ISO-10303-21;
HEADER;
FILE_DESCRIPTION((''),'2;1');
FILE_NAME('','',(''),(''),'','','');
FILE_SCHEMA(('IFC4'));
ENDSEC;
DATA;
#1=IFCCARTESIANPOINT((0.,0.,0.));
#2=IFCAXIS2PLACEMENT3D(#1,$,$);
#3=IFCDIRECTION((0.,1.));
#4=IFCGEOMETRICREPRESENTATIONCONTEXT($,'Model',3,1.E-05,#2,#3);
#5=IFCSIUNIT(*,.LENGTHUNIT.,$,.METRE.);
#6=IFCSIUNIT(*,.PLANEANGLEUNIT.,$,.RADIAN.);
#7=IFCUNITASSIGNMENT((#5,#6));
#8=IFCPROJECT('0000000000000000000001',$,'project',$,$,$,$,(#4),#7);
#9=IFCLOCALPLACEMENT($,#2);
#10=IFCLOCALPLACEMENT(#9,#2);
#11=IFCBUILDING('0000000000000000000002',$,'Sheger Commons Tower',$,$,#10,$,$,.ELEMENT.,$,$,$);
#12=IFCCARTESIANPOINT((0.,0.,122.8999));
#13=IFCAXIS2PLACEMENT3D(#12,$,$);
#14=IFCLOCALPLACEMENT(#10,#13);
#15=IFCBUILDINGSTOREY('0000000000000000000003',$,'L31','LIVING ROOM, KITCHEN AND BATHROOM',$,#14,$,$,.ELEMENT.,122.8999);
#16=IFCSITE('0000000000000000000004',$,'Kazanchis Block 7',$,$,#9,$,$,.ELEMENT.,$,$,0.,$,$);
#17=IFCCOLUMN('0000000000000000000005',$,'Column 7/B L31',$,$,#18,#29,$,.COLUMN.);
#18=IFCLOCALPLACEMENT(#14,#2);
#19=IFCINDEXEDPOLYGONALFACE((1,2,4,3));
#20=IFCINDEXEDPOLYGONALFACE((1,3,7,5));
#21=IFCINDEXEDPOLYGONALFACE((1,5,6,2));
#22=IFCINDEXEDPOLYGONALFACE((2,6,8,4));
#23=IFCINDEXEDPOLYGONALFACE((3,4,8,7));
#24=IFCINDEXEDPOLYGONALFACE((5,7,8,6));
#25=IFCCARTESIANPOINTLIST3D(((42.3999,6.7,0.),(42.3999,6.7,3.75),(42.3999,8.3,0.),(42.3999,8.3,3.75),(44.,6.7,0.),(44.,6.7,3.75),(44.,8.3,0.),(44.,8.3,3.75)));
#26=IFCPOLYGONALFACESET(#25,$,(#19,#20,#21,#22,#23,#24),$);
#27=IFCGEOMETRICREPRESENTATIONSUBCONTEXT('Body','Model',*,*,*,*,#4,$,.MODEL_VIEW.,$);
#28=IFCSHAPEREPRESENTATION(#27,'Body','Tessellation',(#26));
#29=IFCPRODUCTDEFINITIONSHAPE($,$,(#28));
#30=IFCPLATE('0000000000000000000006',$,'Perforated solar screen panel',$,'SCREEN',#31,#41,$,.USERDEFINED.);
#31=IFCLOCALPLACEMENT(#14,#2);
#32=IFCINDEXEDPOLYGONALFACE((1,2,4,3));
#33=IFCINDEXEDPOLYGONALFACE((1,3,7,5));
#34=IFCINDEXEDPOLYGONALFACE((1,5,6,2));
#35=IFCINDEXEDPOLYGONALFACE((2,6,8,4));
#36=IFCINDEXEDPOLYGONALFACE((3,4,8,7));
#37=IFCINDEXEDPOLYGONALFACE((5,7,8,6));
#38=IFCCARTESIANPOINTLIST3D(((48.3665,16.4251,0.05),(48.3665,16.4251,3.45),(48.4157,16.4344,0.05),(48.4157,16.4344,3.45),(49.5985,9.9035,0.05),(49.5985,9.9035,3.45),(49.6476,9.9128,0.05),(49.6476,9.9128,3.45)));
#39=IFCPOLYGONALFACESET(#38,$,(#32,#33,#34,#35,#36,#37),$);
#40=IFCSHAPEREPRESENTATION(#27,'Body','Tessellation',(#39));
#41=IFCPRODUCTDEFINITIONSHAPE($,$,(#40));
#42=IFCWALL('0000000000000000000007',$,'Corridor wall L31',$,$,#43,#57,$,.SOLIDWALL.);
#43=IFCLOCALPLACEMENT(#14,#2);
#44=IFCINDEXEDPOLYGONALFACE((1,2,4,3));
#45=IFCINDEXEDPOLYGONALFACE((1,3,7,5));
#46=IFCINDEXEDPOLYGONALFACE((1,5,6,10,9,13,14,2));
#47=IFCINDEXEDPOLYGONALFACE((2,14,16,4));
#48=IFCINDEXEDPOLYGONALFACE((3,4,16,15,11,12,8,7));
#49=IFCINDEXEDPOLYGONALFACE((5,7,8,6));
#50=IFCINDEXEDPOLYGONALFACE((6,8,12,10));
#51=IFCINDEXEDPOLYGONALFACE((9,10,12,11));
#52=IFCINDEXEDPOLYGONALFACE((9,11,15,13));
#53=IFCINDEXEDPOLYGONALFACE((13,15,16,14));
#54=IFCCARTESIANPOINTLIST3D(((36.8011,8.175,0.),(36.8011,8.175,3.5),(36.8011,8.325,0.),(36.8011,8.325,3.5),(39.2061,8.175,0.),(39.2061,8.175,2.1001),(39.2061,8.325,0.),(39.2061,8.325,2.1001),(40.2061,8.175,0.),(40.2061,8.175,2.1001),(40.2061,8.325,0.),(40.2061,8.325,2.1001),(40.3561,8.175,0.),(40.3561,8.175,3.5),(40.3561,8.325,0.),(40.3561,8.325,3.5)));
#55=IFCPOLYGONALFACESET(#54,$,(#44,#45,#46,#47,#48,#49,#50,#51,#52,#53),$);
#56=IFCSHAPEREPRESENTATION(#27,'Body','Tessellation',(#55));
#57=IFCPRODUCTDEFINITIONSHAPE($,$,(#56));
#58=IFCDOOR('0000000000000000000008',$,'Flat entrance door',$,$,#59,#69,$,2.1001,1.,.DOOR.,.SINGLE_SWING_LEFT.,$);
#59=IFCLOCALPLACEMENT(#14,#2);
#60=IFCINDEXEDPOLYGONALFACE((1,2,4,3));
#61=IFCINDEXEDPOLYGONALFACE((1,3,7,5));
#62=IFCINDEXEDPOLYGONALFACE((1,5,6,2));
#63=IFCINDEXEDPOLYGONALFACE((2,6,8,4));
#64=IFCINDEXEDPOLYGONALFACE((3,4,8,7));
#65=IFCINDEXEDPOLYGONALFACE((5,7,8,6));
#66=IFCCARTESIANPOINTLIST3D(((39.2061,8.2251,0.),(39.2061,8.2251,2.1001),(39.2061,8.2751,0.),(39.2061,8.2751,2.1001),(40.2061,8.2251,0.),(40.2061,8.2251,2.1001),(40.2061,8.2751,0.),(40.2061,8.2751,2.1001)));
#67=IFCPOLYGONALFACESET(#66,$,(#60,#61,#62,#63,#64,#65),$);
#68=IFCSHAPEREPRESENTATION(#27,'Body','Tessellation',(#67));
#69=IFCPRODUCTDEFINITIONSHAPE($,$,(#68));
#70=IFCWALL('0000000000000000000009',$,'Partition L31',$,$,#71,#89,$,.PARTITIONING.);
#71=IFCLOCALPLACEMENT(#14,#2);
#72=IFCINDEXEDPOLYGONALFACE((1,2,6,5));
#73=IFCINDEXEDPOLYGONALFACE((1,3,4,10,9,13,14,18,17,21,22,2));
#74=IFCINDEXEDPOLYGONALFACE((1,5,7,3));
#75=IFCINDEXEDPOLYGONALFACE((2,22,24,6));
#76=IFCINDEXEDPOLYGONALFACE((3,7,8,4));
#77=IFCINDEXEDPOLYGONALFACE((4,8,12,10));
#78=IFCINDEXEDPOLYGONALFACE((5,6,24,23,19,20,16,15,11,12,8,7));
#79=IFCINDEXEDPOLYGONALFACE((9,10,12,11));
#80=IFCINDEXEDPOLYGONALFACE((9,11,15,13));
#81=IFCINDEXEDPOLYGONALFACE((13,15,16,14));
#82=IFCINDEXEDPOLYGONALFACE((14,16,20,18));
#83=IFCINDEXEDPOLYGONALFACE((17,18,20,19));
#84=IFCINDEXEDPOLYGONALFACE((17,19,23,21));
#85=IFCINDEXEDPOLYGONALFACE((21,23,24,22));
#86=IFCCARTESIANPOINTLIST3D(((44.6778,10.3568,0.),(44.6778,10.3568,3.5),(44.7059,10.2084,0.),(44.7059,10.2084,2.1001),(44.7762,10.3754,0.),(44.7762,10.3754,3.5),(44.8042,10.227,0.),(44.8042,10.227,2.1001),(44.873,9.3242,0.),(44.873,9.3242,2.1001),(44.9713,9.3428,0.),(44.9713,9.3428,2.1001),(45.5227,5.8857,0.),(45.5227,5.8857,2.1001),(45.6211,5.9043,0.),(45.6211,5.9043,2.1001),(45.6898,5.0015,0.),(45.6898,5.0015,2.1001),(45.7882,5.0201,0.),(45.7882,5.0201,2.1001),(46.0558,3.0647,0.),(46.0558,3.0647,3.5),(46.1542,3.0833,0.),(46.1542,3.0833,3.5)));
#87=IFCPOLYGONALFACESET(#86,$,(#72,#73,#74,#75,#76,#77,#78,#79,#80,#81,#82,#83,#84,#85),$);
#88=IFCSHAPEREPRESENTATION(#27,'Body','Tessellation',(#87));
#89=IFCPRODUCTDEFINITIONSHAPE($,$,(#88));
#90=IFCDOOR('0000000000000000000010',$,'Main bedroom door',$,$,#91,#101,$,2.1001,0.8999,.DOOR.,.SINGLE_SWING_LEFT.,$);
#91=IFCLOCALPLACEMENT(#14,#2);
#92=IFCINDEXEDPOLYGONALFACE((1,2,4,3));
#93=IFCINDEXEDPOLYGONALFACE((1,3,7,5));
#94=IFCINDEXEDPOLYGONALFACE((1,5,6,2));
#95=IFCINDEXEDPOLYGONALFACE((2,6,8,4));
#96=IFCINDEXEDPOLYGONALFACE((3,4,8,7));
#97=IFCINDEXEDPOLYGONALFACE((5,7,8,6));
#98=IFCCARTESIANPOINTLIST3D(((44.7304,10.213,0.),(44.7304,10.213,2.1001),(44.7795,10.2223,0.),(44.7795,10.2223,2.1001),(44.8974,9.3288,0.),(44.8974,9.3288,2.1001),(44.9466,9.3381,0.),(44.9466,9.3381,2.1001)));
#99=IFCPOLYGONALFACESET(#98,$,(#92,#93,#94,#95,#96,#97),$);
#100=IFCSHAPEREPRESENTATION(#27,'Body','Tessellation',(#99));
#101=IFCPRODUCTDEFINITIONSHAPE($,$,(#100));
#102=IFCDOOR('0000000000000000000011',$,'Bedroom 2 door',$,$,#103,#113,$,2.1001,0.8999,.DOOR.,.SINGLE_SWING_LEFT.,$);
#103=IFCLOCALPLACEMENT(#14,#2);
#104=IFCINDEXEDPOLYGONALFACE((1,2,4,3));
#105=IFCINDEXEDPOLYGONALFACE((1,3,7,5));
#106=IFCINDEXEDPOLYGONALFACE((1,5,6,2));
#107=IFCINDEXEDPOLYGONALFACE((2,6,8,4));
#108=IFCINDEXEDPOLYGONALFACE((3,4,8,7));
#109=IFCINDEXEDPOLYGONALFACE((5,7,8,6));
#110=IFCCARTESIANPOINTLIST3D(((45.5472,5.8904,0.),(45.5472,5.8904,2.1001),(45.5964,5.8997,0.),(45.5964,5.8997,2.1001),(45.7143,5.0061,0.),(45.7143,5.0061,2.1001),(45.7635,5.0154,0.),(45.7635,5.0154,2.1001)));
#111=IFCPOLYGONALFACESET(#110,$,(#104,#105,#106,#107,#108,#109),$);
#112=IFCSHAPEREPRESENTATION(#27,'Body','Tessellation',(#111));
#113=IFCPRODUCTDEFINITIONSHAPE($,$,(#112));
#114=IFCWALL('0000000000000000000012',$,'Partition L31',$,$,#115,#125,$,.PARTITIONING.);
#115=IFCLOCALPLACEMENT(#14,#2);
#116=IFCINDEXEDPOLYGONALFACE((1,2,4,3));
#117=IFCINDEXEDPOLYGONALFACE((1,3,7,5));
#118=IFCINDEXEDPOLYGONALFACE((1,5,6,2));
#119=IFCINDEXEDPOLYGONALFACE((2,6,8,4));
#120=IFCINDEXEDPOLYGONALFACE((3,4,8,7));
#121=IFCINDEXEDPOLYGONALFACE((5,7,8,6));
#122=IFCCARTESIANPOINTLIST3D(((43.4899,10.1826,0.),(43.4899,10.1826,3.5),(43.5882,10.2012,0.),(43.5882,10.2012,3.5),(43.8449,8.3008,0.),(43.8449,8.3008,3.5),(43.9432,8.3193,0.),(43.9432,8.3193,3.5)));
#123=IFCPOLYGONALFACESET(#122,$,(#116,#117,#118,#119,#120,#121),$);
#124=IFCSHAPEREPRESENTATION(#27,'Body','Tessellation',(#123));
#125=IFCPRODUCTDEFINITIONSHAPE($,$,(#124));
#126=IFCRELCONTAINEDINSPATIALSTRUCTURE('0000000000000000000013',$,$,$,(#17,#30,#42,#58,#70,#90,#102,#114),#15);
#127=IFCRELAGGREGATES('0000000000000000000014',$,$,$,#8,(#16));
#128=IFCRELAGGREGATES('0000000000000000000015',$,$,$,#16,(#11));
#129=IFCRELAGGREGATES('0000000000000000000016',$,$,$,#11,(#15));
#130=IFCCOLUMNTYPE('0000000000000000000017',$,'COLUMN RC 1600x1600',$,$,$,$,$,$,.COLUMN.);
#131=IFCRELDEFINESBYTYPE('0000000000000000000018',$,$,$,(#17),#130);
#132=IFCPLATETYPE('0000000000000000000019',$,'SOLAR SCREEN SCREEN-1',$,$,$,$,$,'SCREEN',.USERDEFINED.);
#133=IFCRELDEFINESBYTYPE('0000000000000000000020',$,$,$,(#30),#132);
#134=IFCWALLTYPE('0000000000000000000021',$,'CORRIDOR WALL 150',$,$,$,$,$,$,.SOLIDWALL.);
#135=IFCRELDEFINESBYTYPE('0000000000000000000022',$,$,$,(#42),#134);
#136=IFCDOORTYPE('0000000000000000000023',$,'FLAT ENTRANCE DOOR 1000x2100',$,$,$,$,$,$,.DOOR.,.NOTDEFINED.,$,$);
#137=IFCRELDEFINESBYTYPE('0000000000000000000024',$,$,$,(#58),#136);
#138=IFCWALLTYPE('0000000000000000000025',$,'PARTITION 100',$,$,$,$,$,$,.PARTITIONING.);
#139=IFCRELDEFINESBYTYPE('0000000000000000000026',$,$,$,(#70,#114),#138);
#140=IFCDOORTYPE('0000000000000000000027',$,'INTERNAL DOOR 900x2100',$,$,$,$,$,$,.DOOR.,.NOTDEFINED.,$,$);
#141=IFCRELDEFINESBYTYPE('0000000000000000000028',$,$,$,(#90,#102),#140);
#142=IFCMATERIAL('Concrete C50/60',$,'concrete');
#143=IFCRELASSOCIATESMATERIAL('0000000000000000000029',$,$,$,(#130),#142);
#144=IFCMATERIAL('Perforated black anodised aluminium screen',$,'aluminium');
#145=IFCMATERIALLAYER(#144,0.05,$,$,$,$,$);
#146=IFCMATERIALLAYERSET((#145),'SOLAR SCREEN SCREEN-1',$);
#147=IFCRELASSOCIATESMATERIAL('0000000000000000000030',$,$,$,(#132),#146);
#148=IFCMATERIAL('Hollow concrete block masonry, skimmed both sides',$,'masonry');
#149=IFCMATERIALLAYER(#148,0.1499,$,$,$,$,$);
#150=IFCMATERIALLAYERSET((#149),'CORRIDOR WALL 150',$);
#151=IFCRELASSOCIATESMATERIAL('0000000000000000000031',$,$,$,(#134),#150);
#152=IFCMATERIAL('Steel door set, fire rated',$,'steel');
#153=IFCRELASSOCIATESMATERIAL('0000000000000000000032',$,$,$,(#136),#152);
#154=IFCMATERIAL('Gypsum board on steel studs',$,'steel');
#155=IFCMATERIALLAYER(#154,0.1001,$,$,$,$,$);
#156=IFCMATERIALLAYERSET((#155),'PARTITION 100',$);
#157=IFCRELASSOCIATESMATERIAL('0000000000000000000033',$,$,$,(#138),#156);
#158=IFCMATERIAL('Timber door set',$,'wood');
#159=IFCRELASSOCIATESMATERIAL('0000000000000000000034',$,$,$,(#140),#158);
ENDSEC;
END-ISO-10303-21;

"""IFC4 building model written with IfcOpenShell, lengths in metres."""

from ifc_helpers import new_model, si_unit, direction, frame, frame_2d, origin, origin_2d, place, context, subcontext, project, spatial, rectangle, extrude, material, layer, layer_set, material_profile, profile_set, type_object, element, fill, save


model = new_model("IFC4")

# Units and contexts
model_context = context("Model", 3, precision=1e-05, world=origin(), true_north=direction((0.0, 1.0)))
body_context = subcontext(model_context, "Body", "Model", "MODEL_VIEW")
ifc_project = project(units=[si_unit("LENGTHUNIT", "METRE"), si_unit("PLANEANGLEUNIT", "RADIAN")], contexts=[model_context])

# Site, building, storey
site_placement = place(None, origin())
site = spatial("IfcSite", under=ifc_project, at=site_placement, Name="Kazanchis Block 7", CompositionType="ELEMENT", RefElevation=0.0)
building_placement = place(site_placement, origin())
building = spatial("IfcBuilding", under=site, at=building_placement, Name="Sheger Commons Tower", CompositionType="ELEMENT")
storey_placement = place(building_placement, frame((0.0, 0.0, 122.8999)))
storey = spatial("IfcBuildingStorey", under=building, at=storey_placement, Name="L31", Description="LIVING ROOM, KITCHEN AND BATHROOM", CompositionType="ELEMENT", Elevation=122.8999)

# Column
ifc_material_1 = material(Name="Concrete C50/60", Category="concrete")
ifc_material_profile = material_profile(ifc_material_1, rectangle(XDim=1.6001, YDim=1.6001, at=origin_2d()), Name="RC 1600x1600")
ifc_profile_set = profile_set([ifc_material_profile], Name="Concrete C50/60")
column_type = type_object("IfcColumnType", Name="COLUMN RC 1600x1600", PredefinedType="COLUMN", material=ifc_profile_set)
column_placement = place(storey_placement, frame((43.2, 7.5, 0.0), z_axis=(0.0, 0.0, 1.0), x_axis=(1.0, 0.0, 0.0)))
element("IfcColumn", 1, at=column_placement, inside=storey, type_object=column_type, Name="Column 7/B L31", PredefinedType="COLUMN", context=body_context, shape_type="SweptSolid", body=[
    extrude(rectangle(XDim=1.6001, YDim=1.6001, at=origin_2d()), origin(), (0.0, 0.0, 1.0), 3.75),
])

# Plate
ifc_material_2 = material(Name="Perforated black anodised aluminium screen", Category="aluminium")
ifc_layer_1 = layer(ifc_material_2, 0.05)
ifc_layer_set_1 = layer_set([ifc_layer_1], Name="SOLAR SCREEN SCREEN-1")
plate_type = type_object("IfcPlateType", Name="SOLAR SCREEN SCREEN-1", ElementType="SCREEN", PredefinedType="USERDEFINED", material=ifc_layer_set_1)
plate_placement = place(storey_placement, frame((49.0071, 13.1689, 0.05), z_axis=(0.0, 0.0, 1.0), x_axis=(-0.185615, 0.982623, 0.0)))
element("IfcPlate", 2, at=plate_placement, inside=storey, type_object=plate_type, Name="Perforated solar screen panel", ObjectType="SCREEN", PredefinedType="USERDEFINED", context=body_context, shape_type="SweptSolid", body=[
    extrude(rectangle(XDim=6.637, YDim=0.05, at=origin_2d()), origin(), (0.0, 0.0, 1.0), 3.3999),
])

# Wall, opening, door
ifc_material_3 = material(Name="Hollow concrete block masonry, skimmed both sides", Category="masonry")
ifc_layer_2 = layer(ifc_material_3, 0.1499)
ifc_layer_set_2 = layer_set([ifc_layer_2], Name="CORRIDOR WALL 150")
wall_type_1 = type_object("IfcWallType", Name="CORRIDOR WALL 150", PredefinedType="SOLIDWALL", material=ifc_layer_set_2)
wall_1_placement = place(storey_placement, frame((40.356, 8.25, 0.0), z_axis=(0.0, 0.0, 1.0), x_axis=(-1.0, 0.0, 0.0)))
wall_1 = element("IfcWall", 3, at=wall_1_placement, inside=storey, type_object=wall_type_1, Name="Corridor wall L31", PredefinedType="SOLIDWALL", context=body_context, shape_type="SweptSolid", body=[
    extrude(rectangle(XDim=3.5549, YDim=0.1499, at=frame_2d((1.7773, 0.0))), origin(), (0.0, 0.0, 1.0), 3.5),
])
opening_1_placement = place(wall_1_placement, frame((0.1499, 0.0, 0.0)))
opening_1 = element("IfcOpeningElement", 4, at=opening_1_placement, cuts=wall_1, PredefinedType="OPENING", context=body_context, shape_type="SweptSolid", body=[
    extrude(rectangle(XDim=1.0, YDim=2.1001, at=frame_2d((0.5, 1.05))), frame((0.0, 0.085, 0.0), z_axis=(0.0, -1.0, 0.0), x_axis=(1.0, 0.0, 0.0)), (0.0, 0.0, 1.0), 0.1699),
])
ifc_material_4 = material(Name="Steel door set, fire rated", Category="steel")
door_type_1 = type_object("IfcDoorType", Name="FLAT ENTRANCE DOOR 1000x2100", OperationType="NOTDEFINED", PredefinedType="DOOR", material=ifc_material_4)
door_1_placement = place(opening_1_placement, origin())
door_1 = element("IfcDoor", 5, at=door_1_placement, inside=storey, type_object=door_type_1, Name="Flat entrance door", OperationType="SINGLE_SWING_LEFT", OverallHeight=2.1001, OverallWidth=1.0, PredefinedType="DOOR", context=body_context, shape_type="SweptSolid", body=[
    extrude(rectangle(XDim=1.0, YDim=2.1001, at=frame_2d((0.5, 1.05))), frame((0.0, 0.0249, 0.0), z_axis=(0.0, -1.0, 0.0), x_axis=(1.0, 0.0, 0.0)), (0.0, 0.0, 1.0), 0.05),
])
fill(opening_1, door_1)

# Wall, openings, doors
ifc_material_5 = material(Name="Gypsum board on steel studs", Category="steel")
ifc_layer_3 = layer(ifc_material_5, 0.1001)
ifc_layer_set_3 = layer_set([ifc_layer_3], Name="PARTITION 100")
wall_type_2 = type_object("IfcWallType", Name="PARTITION 100", PredefinedType="PARTITIONING", material=ifc_layer_set_3)
wall_2_placement = place(storey_placement, frame((44.7271, 10.366, 0.0), z_axis=(0.0, 0.0, 1.0), x_axis=(0.185679, -0.98261, 0.0)))
wall_2 = element("IfcWall", 6, at=wall_2_placement, inside=storey, type_object=wall_type_2, Name="Partition L31", PredefinedType="PARTITIONING", context=body_context, shape_type="SweptSolid", body=[
    extrude(rectangle(XDim=7.4211, YDim=0.1001, at=frame_2d((3.7104, 0.0))), origin(), (0.0, 0.0, 1.0), 3.5),
])
opening_2_placement = place(wall_2_placement, frame((0.1509, 0.0, 0.0)))
opening_2 = element("IfcOpeningElement", 7, at=opening_2_placement, cuts=wall_2, PredefinedType="OPENING", context=body_context, shape_type="SweptSolid", body=[
    extrude(rectangle(XDim=0.8999, YDim=2.1001, at=frame_2d((0.45, 1.05))), frame((0.0, 0.0601, 0.0), z_axis=(0.0, -1.0, 0.0), x_axis=(1.0, 0.0, 0.0)), (0.0, 0.0, 1.0), 0.1201),
])
opening_3_placement = place(wall_2_placement, frame((4.55, 0.0, 0.0)))
opening_3 = element("IfcOpeningElement", 8, at=opening_3_placement, cuts=wall_2, PredefinedType="OPENING", context=body_context, shape_type="SweptSolid", body=[
    extrude(rectangle(XDim=0.8999, YDim=2.1001, at=frame_2d((0.45, 1.05))), frame((0.0, 0.0601, 0.0), z_axis=(0.0, -1.0, 0.0), x_axis=(1.0, 0.0, 0.0)), (0.0, 0.0, 1.0), 0.1201),
])
ifc_material_6 = material(Name="Timber door set", Category="wood")
door_type_2 = type_object("IfcDoorType", Name="INTERNAL DOOR 900x2100", OperationType="NOTDEFINED", PredefinedType="DOOR", material=ifc_material_6)
door_2_placement = place(opening_2_placement, origin())
door_2 = element("IfcDoor", 9, at=door_2_placement, inside=storey, type_object=door_type_2, Name="Main bedroom door", OperationType="SINGLE_SWING_LEFT", OverallHeight=2.1001, OverallWidth=0.8999, PredefinedType="DOOR", context=body_context, shape_type="SweptSolid", body=[
    extrude(rectangle(XDim=0.8999, YDim=2.1001, at=frame_2d((0.45, 1.05))), frame((0.0, 0.0249, 0.0), z_axis=(0.0, -1.0, 0.0), x_axis=(1.0, 0.0, 0.0)), (0.0, 0.0, 1.0), 0.05),
])
fill(opening_2, door_2)
door_3_placement = place(opening_3_placement, origin())
door_3 = element("IfcDoor", 10, at=door_3_placement, inside=storey, type_object=door_type_2, Name="Bedroom 2 door", OperationType="SINGLE_SWING_LEFT", OverallHeight=2.1001, OverallWidth=0.8999, PredefinedType="DOOR", context=body_context, shape_type="SweptSolid", body=[
    extrude(rectangle(XDim=0.8999, YDim=2.1001, at=frame_2d((0.45, 1.05))), frame((0.0, 0.0249, 0.0), z_axis=(0.0, -1.0, 0.0), x_axis=(1.0, 0.0, 0.0)), (0.0, 0.0, 1.0), 0.05),
])
fill(opening_3, door_3)

# Wall
wall_3_placement = place(storey_placement, frame((43.5391, 10.1919, 0.0), z_axis=(0.0, 0.0, 1.0), x_axis=(0.185366, -0.98267, 0.0)))
element("IfcWall", 11, at=wall_3_placement, inside=storey, type_object=wall_type_2, Name="Partition L31", PredefinedType="PARTITIONING", context=body_context, shape_type="SweptSolid", body=[
    extrude(rectangle(XDim=1.915, YDim=0.1001, at=frame_2d((0.9575, 0.0))), origin(), (0.0, 0.0, 1.0), 3.5),
])

save(model, "model.ifc")
